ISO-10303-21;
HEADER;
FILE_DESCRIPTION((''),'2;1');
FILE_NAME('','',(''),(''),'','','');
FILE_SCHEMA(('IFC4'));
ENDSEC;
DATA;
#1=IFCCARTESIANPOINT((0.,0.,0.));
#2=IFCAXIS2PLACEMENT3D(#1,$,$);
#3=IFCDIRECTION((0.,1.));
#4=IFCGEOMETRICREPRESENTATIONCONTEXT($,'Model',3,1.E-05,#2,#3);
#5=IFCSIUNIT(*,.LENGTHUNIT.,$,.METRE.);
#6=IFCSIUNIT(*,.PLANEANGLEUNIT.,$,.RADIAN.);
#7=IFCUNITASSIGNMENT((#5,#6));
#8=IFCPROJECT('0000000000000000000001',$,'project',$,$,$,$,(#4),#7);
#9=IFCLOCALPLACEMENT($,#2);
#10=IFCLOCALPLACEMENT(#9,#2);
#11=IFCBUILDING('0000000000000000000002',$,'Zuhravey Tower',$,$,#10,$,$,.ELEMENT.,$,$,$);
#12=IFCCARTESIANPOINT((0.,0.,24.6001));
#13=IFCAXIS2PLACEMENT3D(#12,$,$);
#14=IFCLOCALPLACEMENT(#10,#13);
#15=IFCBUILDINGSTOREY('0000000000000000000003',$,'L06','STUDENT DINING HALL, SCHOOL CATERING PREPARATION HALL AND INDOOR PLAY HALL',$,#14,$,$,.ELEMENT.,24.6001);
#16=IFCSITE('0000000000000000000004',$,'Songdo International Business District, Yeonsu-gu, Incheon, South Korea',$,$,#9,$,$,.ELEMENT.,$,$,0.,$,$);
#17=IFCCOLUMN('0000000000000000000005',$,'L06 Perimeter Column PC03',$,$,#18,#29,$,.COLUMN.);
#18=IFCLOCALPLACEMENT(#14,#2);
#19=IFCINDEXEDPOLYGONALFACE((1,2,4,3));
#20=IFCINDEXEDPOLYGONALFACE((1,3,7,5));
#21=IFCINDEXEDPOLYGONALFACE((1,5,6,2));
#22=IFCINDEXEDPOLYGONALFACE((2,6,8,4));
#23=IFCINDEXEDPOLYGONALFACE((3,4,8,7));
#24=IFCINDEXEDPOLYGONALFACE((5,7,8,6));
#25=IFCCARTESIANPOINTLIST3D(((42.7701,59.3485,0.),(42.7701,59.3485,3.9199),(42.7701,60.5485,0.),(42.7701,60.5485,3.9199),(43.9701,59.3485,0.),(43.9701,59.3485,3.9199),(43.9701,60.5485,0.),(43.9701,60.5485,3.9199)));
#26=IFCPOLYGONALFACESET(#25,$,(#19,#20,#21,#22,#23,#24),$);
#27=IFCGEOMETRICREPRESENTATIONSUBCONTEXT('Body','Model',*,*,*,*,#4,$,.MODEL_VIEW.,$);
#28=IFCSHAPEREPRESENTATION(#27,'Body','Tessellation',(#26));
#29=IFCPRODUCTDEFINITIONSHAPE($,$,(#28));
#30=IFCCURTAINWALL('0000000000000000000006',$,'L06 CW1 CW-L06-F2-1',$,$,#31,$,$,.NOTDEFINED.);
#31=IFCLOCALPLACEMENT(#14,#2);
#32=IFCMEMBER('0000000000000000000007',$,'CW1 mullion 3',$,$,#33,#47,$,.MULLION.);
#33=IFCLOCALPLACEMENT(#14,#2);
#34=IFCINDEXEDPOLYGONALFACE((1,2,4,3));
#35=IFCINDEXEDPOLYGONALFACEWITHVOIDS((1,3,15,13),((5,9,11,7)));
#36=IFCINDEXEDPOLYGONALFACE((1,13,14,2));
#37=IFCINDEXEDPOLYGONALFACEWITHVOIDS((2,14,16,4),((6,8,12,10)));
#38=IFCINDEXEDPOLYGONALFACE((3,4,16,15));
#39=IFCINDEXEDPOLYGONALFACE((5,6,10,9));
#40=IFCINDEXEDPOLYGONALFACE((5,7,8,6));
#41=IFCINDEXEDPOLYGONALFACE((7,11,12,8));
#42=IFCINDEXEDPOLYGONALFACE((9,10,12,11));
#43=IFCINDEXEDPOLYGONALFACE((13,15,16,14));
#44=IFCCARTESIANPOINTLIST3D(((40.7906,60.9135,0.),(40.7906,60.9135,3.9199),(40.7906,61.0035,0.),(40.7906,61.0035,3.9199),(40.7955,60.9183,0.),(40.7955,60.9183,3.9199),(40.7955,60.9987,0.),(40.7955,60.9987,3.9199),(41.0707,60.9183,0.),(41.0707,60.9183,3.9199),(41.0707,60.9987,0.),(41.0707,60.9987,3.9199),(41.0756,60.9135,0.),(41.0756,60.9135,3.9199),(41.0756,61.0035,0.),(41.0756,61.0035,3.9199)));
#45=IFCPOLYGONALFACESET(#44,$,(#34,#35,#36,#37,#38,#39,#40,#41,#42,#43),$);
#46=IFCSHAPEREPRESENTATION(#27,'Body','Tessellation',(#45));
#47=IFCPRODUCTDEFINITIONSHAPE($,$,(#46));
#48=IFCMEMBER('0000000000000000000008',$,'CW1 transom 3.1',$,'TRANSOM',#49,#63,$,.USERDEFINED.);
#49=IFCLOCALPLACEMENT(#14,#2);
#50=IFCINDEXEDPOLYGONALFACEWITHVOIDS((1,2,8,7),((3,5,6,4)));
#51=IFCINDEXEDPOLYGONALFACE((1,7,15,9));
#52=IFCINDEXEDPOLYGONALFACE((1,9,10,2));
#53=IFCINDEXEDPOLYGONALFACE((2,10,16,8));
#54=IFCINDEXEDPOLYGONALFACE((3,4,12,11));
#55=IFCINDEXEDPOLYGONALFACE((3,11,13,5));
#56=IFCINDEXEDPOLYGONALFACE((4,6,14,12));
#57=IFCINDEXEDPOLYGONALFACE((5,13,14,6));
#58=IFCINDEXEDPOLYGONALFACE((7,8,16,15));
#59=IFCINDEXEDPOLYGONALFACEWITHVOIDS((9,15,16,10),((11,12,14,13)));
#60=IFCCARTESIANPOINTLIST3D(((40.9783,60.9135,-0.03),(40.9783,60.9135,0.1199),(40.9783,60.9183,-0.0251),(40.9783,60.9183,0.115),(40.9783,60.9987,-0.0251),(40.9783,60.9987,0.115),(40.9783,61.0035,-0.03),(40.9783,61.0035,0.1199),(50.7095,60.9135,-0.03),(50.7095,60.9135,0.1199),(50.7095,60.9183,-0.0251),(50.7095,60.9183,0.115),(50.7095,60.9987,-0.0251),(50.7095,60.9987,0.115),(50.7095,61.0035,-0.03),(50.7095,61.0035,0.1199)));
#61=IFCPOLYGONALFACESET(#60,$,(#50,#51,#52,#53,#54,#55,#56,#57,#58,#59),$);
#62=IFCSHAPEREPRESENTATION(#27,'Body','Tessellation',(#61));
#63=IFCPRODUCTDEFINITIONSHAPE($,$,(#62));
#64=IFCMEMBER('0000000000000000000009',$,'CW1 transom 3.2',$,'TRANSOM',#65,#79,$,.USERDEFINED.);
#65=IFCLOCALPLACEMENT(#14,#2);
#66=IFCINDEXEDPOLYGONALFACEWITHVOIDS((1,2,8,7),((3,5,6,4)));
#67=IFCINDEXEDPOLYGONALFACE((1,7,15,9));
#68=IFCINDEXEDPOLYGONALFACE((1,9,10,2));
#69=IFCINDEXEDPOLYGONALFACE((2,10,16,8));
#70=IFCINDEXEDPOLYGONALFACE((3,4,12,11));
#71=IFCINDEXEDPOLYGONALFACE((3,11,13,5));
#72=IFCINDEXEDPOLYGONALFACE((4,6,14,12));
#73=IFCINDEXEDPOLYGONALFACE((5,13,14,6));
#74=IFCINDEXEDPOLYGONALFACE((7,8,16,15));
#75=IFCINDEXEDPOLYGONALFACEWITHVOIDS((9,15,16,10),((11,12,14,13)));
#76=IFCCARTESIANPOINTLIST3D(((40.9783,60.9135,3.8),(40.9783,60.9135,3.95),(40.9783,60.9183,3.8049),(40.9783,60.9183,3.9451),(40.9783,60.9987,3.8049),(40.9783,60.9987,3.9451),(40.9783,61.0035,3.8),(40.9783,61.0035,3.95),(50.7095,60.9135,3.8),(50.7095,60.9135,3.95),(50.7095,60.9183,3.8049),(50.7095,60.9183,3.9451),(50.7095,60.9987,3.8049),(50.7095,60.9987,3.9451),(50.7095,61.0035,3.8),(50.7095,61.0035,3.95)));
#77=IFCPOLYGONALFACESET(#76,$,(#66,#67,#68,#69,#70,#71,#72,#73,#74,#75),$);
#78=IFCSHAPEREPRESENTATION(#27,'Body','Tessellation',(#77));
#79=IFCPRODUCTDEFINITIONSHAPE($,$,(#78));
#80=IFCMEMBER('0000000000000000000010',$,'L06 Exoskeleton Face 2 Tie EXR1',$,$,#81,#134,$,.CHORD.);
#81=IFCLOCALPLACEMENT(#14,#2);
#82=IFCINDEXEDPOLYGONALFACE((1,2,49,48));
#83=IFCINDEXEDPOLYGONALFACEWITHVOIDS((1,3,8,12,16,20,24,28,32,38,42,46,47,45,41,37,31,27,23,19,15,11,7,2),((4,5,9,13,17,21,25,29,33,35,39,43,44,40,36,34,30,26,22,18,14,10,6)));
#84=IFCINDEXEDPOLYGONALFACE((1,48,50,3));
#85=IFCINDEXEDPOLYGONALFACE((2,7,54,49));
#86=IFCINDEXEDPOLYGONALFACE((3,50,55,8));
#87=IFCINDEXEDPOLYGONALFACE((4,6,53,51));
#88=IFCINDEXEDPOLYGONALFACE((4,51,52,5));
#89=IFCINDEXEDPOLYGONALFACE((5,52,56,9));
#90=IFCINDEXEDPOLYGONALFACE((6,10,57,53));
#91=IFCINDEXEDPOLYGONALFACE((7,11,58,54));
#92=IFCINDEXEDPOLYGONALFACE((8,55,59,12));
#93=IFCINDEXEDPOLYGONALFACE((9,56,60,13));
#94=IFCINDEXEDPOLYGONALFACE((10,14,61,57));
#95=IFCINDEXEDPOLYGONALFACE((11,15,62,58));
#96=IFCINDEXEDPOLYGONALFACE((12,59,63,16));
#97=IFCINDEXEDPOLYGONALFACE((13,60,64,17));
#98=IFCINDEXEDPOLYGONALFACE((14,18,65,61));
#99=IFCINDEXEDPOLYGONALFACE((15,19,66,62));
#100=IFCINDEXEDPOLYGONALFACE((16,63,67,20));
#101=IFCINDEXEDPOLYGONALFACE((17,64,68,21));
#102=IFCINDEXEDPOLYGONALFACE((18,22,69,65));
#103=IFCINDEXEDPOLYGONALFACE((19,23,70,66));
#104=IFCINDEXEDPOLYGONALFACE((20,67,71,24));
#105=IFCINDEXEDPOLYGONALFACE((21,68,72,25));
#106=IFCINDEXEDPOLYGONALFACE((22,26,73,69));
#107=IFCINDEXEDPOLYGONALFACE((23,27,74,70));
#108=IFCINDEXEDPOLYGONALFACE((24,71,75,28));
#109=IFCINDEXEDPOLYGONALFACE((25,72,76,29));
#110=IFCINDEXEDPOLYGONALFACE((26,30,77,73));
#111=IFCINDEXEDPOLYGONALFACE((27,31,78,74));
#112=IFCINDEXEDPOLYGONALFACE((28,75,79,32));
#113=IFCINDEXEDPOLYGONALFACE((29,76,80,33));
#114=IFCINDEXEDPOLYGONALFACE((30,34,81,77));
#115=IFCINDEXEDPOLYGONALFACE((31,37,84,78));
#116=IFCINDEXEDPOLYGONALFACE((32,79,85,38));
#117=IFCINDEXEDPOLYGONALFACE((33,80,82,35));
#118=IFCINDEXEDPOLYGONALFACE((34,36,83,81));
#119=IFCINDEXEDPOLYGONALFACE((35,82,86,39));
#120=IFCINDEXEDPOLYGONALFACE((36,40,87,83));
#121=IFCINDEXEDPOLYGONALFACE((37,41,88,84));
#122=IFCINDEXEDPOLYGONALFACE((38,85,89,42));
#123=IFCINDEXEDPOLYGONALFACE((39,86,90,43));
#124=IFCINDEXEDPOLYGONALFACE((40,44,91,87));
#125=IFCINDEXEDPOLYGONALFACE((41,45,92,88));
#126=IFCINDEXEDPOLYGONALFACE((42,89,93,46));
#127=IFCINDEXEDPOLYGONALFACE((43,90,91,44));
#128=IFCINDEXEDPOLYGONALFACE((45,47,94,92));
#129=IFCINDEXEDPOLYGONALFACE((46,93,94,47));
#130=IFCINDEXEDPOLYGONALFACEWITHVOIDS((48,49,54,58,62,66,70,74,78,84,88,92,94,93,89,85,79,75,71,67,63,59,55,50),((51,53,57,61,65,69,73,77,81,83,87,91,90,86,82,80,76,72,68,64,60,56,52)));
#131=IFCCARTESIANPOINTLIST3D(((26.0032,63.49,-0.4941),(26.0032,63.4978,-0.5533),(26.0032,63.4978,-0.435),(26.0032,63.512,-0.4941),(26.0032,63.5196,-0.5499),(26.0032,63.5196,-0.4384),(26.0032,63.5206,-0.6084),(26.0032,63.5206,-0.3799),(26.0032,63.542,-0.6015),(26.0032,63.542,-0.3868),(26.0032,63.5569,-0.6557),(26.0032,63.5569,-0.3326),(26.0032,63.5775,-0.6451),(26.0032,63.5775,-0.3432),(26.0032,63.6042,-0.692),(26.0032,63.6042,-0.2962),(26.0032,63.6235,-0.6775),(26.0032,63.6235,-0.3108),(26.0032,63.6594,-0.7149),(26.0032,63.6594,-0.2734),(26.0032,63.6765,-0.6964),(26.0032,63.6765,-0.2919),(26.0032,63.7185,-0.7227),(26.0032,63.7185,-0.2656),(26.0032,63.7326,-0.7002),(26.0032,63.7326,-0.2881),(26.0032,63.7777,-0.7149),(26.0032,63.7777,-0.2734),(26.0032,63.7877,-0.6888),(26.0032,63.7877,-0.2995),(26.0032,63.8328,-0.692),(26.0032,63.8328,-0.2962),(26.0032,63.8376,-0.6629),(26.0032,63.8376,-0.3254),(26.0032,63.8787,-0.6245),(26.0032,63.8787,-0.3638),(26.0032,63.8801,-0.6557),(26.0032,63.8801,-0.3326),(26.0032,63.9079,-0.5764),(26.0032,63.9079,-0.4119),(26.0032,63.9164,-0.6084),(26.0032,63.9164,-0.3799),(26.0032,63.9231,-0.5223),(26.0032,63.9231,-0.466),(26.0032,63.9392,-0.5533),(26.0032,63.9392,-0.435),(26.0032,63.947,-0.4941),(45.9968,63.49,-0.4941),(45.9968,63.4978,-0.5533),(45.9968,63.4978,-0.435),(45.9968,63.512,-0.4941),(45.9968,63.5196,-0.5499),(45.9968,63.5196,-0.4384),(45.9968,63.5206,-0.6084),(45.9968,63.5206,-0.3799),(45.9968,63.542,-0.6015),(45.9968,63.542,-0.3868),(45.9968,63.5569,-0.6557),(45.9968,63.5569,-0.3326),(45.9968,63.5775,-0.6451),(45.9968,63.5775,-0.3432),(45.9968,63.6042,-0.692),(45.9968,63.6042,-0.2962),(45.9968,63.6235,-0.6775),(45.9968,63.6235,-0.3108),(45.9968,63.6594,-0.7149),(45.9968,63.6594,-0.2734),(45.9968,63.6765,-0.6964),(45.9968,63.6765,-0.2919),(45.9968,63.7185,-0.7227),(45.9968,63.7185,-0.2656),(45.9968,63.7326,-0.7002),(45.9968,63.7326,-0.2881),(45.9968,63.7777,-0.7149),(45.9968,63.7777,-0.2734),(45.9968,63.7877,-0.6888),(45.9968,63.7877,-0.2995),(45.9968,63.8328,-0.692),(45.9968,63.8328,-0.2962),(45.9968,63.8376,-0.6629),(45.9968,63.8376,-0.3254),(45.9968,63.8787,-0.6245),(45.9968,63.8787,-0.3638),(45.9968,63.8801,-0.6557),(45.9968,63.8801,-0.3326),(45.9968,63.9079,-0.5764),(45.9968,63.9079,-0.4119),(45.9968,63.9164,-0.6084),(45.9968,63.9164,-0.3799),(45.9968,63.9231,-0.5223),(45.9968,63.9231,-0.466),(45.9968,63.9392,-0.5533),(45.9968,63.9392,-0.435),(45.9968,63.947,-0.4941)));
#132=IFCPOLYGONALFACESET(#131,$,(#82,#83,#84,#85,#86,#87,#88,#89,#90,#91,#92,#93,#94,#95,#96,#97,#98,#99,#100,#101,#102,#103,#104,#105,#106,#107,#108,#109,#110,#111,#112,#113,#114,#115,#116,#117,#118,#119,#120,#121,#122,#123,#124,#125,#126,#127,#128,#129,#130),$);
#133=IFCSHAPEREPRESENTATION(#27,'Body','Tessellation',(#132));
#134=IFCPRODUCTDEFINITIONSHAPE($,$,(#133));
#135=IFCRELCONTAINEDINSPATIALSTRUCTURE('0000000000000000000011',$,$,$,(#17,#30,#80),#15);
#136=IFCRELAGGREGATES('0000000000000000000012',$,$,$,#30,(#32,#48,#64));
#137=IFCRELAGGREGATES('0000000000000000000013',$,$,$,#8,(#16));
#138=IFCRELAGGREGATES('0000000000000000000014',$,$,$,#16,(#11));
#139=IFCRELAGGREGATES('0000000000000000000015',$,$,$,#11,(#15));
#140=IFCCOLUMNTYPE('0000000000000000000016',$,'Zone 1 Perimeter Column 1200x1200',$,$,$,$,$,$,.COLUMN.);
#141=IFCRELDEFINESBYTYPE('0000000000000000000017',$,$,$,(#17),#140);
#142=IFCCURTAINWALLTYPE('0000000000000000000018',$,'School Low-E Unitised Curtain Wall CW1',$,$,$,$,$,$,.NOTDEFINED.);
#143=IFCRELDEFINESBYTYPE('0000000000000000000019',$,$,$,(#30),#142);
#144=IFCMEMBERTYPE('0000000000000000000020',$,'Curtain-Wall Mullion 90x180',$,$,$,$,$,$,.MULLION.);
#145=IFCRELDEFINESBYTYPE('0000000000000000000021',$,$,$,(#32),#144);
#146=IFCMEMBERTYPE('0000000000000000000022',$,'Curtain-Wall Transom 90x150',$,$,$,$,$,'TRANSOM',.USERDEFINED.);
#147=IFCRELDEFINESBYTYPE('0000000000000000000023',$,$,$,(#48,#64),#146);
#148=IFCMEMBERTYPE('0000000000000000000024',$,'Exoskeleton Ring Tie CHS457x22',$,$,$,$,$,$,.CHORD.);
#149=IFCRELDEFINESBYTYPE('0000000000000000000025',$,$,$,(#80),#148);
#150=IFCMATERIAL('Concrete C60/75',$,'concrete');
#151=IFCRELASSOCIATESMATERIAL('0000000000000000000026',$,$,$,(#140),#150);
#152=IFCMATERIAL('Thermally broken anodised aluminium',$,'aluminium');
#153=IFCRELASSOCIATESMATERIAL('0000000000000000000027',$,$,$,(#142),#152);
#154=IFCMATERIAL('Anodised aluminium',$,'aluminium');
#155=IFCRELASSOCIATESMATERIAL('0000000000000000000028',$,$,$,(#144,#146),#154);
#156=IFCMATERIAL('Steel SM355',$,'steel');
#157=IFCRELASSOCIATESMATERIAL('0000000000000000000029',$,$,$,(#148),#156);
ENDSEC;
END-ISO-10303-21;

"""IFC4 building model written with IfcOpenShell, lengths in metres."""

from ifc_helpers import new_model, si_unit, direction, frame, origin, origin_2d, place, context, subcontext, project, spatial, rectangle, hollow_rectangle, hollow_circle, extrude, material, material_profile, profile_set, type_object, element, aggregate, save


model = new_model("IFC4")

# Units and contexts
model_context = context("Model", 3, precision=1e-05, world=origin(), true_north=direction((0.0, 1.0)))
body_context = subcontext(model_context, "Body", "Model", "MODEL_VIEW")
ifc_project = project(units=[si_unit("LENGTHUNIT", "METRE"), si_unit("PLANEANGLEUNIT", "RADIAN")], contexts=[model_context])

# Site, building, storey
site_placement = place(None, origin())
site = spatial("IfcSite", under=ifc_project, at=site_placement, Name="Songdo International Business District, Yeonsu-gu, Incheon, South Korea", CompositionType="ELEMENT", RefElevation=0.0)
building_placement = place(site_placement, origin())
building = spatial("IfcBuilding", under=site, at=building_placement, Name="Zuhravey Tower", CompositionType="ELEMENT")
storey_placement = place(building_placement, frame((0.0, 0.0, 24.6001)))
storey = spatial("IfcBuildingStorey", under=building, at=storey_placement, Name="L06", Description="STUDENT DINING HALL, SCHOOL CATERING PREPARATION HALL AND INDOOR PLAY HALL", CompositionType="ELEMENT", Elevation=24.6001)

# Column
ifc_material_1 = material(Name="Concrete C60/75", Category="concrete")
ifc_material_profile_1 = material_profile(ifc_material_1, rectangle(XDim=1.2, YDim=1.2, at=origin_2d()), Name="RC-1200x1200")
ifc_profile_set_1 = profile_set([ifc_material_profile_1], Name="Concrete C60/75")
column_type = type_object("IfcColumnType", Name="Zone 1 Perimeter Column 1200x1200", PredefinedType="COLUMN", material=ifc_profile_set_1)
column_placement = place(storey_placement, frame((43.3701, 59.9485, 0.0), z_axis=(0.0, 0.0, 1.0), x_axis=(-1.0, 0.0, 0.0)))
element("IfcColumn", 1, at=column_placement, inside=storey, type_object=column_type, Name="L06 Perimeter Column PC03", PredefinedType="COLUMN", context=body_context, shape_type="SweptSolid", body=[
    extrude(rectangle(XDim=1.2, YDim=1.2, at=origin_2d()), origin(), (0.0, 0.0, 1.0), 3.9199),
])

# Curtain wall, members
ifc_material_2 = material(Name="Thermally broken anodised aluminium", Category="aluminium")
curtain_wall_type = type_object("IfcCurtainWallType", Name="School Low-E Unitised Curtain Wall CW1", PredefinedType="NOTDEFINED", material=ifc_material_2)
curtain_wall_placement = place(storey_placement, origin())
curtain_wall = element("IfcCurtainWall", 2, at=curtain_wall_placement, inside=storey, type_object=curtain_wall_type, Name="L06 CW1 CW-L06-F2-1", PredefinedType="NOTDEFINED")
ifc_material_3 = material(Name="Anodised aluminium", Category="aluminium")
ifc_material_profile_2 = material_profile(ifc_material_3, hollow_rectangle(XDim=0.0901, YDim=0.2849, WallThickness=0.0049, at=origin_2d()), Name="ALU-RHS-90x285x5")
ifc_profile_set_2 = profile_set([ifc_material_profile_2], Name="Anodised aluminium")
member_type_1 = type_object("IfcMemberType", Name="Curtain-Wall Mullion 90x180", PredefinedType="MULLION", material=ifc_profile_set_2)
member_1_placement = place(storey_placement, frame((40.9331, 60.9585, 0.0), z_axis=(0.0, 0.0, 1.0), x_axis=(0.0, 1.0, 0.0)))
member_1 = element("IfcMember", 3, at=member_1_placement, type_object=member_type_1, Name="CW1 mullion 3", PredefinedType="MULLION", context=body_context, shape_type="SweptSolid", body=[
    extrude(hollow_rectangle(XDim=0.0901, YDim=0.2849, WallThickness=0.0049, at=origin_2d()), origin(), (0.0, 0.0, 1.0), 3.9199),
])
ifc_material_profile_3 = material_profile(ifc_material_3, hollow_rectangle(XDim=0.0901, YDim=0.1499, WallThickness=0.0049, at=origin_2d()), Name="ALU-RHS-90x150x5")
ifc_profile_set_3 = profile_set([ifc_material_profile_3], Name="Anodised aluminium")
member_type_2 = type_object("IfcMemberType", Name="Curtain-Wall Transom 90x150", ElementType="TRANSOM", PredefinedType="USERDEFINED", material=ifc_profile_set_3)
member_2_placement = place(storey_placement, frame((40.9783, 60.9585, 0.0449), z_axis=(1.0, 0.0, 0.0), x_axis=(0.0, 1.0, 0.0)))
member_2 = element("IfcMember", 4, at=member_2_placement, type_object=member_type_2, Name="CW1 transom 3.1", ObjectType="TRANSOM", PredefinedType="USERDEFINED", context=body_context, shape_type="SweptSolid", body=[
    extrude(hollow_rectangle(XDim=0.0901, YDim=0.1499, WallThickness=0.0049, at=origin_2d()), origin(), (0.0, 0.0, 1.0), 9.7312),
])
member_3_placement = place(storey_placement, frame((40.9783, 60.9585, 3.875), z_axis=(1.0, 0.0, 0.0), x_axis=(0.0, 1.0, 0.0)))
member_3 = element("IfcMember", 5, at=member_3_placement, type_object=member_type_2, Name="CW1 transom 3.2", ObjectType="TRANSOM", PredefinedType="USERDEFINED", context=body_context, shape_type="SweptSolid", body=[
    extrude(hollow_rectangle(XDim=0.0901, YDim=0.1499, WallThickness=0.0049, at=origin_2d()), origin(), (0.0, 0.0, 1.0), 9.7312),
])

# Member
ifc_material_4 = material(Name="Steel SM355", Category="steel")
ifc_material_profile_4 = material_profile(ifc_material_4, hollow_circle(Radius=0.2285, WallThickness=0.022, at=origin_2d()), Name="CHS-457.2x22")
ifc_profile_set_4 = profile_set([ifc_material_profile_4], Name="Steel SM355")
member_type_3 = type_object("IfcMemberType", Name="Exoskeleton Ring Tie CHS457x22", PredefinedType="CHORD", material=ifc_profile_set_4)
member_4_placement = place(storey_placement, frame((45.9968, 63.7185, -0.4941), z_axis=(-1.0, 0.0, 0.0), x_axis=(0.0, -1.0, 0.0)))
element("IfcMember", 6, at=member_4_placement, inside=storey, type_object=member_type_3, Name="L06 Exoskeleton Face 2 Tie EXR1", PredefinedType="CHORD", context=body_context, shape_type="SweptSolid", body=[
    extrude(hollow_circle(Radius=0.2285, WallThickness=0.022, at=origin_2d()), origin(), (0.0, 0.0, 1.0), 19.9937),
])

aggregate(curtain_wall, [member_1, member_2, member_3])

save(model, "model.ifc")
